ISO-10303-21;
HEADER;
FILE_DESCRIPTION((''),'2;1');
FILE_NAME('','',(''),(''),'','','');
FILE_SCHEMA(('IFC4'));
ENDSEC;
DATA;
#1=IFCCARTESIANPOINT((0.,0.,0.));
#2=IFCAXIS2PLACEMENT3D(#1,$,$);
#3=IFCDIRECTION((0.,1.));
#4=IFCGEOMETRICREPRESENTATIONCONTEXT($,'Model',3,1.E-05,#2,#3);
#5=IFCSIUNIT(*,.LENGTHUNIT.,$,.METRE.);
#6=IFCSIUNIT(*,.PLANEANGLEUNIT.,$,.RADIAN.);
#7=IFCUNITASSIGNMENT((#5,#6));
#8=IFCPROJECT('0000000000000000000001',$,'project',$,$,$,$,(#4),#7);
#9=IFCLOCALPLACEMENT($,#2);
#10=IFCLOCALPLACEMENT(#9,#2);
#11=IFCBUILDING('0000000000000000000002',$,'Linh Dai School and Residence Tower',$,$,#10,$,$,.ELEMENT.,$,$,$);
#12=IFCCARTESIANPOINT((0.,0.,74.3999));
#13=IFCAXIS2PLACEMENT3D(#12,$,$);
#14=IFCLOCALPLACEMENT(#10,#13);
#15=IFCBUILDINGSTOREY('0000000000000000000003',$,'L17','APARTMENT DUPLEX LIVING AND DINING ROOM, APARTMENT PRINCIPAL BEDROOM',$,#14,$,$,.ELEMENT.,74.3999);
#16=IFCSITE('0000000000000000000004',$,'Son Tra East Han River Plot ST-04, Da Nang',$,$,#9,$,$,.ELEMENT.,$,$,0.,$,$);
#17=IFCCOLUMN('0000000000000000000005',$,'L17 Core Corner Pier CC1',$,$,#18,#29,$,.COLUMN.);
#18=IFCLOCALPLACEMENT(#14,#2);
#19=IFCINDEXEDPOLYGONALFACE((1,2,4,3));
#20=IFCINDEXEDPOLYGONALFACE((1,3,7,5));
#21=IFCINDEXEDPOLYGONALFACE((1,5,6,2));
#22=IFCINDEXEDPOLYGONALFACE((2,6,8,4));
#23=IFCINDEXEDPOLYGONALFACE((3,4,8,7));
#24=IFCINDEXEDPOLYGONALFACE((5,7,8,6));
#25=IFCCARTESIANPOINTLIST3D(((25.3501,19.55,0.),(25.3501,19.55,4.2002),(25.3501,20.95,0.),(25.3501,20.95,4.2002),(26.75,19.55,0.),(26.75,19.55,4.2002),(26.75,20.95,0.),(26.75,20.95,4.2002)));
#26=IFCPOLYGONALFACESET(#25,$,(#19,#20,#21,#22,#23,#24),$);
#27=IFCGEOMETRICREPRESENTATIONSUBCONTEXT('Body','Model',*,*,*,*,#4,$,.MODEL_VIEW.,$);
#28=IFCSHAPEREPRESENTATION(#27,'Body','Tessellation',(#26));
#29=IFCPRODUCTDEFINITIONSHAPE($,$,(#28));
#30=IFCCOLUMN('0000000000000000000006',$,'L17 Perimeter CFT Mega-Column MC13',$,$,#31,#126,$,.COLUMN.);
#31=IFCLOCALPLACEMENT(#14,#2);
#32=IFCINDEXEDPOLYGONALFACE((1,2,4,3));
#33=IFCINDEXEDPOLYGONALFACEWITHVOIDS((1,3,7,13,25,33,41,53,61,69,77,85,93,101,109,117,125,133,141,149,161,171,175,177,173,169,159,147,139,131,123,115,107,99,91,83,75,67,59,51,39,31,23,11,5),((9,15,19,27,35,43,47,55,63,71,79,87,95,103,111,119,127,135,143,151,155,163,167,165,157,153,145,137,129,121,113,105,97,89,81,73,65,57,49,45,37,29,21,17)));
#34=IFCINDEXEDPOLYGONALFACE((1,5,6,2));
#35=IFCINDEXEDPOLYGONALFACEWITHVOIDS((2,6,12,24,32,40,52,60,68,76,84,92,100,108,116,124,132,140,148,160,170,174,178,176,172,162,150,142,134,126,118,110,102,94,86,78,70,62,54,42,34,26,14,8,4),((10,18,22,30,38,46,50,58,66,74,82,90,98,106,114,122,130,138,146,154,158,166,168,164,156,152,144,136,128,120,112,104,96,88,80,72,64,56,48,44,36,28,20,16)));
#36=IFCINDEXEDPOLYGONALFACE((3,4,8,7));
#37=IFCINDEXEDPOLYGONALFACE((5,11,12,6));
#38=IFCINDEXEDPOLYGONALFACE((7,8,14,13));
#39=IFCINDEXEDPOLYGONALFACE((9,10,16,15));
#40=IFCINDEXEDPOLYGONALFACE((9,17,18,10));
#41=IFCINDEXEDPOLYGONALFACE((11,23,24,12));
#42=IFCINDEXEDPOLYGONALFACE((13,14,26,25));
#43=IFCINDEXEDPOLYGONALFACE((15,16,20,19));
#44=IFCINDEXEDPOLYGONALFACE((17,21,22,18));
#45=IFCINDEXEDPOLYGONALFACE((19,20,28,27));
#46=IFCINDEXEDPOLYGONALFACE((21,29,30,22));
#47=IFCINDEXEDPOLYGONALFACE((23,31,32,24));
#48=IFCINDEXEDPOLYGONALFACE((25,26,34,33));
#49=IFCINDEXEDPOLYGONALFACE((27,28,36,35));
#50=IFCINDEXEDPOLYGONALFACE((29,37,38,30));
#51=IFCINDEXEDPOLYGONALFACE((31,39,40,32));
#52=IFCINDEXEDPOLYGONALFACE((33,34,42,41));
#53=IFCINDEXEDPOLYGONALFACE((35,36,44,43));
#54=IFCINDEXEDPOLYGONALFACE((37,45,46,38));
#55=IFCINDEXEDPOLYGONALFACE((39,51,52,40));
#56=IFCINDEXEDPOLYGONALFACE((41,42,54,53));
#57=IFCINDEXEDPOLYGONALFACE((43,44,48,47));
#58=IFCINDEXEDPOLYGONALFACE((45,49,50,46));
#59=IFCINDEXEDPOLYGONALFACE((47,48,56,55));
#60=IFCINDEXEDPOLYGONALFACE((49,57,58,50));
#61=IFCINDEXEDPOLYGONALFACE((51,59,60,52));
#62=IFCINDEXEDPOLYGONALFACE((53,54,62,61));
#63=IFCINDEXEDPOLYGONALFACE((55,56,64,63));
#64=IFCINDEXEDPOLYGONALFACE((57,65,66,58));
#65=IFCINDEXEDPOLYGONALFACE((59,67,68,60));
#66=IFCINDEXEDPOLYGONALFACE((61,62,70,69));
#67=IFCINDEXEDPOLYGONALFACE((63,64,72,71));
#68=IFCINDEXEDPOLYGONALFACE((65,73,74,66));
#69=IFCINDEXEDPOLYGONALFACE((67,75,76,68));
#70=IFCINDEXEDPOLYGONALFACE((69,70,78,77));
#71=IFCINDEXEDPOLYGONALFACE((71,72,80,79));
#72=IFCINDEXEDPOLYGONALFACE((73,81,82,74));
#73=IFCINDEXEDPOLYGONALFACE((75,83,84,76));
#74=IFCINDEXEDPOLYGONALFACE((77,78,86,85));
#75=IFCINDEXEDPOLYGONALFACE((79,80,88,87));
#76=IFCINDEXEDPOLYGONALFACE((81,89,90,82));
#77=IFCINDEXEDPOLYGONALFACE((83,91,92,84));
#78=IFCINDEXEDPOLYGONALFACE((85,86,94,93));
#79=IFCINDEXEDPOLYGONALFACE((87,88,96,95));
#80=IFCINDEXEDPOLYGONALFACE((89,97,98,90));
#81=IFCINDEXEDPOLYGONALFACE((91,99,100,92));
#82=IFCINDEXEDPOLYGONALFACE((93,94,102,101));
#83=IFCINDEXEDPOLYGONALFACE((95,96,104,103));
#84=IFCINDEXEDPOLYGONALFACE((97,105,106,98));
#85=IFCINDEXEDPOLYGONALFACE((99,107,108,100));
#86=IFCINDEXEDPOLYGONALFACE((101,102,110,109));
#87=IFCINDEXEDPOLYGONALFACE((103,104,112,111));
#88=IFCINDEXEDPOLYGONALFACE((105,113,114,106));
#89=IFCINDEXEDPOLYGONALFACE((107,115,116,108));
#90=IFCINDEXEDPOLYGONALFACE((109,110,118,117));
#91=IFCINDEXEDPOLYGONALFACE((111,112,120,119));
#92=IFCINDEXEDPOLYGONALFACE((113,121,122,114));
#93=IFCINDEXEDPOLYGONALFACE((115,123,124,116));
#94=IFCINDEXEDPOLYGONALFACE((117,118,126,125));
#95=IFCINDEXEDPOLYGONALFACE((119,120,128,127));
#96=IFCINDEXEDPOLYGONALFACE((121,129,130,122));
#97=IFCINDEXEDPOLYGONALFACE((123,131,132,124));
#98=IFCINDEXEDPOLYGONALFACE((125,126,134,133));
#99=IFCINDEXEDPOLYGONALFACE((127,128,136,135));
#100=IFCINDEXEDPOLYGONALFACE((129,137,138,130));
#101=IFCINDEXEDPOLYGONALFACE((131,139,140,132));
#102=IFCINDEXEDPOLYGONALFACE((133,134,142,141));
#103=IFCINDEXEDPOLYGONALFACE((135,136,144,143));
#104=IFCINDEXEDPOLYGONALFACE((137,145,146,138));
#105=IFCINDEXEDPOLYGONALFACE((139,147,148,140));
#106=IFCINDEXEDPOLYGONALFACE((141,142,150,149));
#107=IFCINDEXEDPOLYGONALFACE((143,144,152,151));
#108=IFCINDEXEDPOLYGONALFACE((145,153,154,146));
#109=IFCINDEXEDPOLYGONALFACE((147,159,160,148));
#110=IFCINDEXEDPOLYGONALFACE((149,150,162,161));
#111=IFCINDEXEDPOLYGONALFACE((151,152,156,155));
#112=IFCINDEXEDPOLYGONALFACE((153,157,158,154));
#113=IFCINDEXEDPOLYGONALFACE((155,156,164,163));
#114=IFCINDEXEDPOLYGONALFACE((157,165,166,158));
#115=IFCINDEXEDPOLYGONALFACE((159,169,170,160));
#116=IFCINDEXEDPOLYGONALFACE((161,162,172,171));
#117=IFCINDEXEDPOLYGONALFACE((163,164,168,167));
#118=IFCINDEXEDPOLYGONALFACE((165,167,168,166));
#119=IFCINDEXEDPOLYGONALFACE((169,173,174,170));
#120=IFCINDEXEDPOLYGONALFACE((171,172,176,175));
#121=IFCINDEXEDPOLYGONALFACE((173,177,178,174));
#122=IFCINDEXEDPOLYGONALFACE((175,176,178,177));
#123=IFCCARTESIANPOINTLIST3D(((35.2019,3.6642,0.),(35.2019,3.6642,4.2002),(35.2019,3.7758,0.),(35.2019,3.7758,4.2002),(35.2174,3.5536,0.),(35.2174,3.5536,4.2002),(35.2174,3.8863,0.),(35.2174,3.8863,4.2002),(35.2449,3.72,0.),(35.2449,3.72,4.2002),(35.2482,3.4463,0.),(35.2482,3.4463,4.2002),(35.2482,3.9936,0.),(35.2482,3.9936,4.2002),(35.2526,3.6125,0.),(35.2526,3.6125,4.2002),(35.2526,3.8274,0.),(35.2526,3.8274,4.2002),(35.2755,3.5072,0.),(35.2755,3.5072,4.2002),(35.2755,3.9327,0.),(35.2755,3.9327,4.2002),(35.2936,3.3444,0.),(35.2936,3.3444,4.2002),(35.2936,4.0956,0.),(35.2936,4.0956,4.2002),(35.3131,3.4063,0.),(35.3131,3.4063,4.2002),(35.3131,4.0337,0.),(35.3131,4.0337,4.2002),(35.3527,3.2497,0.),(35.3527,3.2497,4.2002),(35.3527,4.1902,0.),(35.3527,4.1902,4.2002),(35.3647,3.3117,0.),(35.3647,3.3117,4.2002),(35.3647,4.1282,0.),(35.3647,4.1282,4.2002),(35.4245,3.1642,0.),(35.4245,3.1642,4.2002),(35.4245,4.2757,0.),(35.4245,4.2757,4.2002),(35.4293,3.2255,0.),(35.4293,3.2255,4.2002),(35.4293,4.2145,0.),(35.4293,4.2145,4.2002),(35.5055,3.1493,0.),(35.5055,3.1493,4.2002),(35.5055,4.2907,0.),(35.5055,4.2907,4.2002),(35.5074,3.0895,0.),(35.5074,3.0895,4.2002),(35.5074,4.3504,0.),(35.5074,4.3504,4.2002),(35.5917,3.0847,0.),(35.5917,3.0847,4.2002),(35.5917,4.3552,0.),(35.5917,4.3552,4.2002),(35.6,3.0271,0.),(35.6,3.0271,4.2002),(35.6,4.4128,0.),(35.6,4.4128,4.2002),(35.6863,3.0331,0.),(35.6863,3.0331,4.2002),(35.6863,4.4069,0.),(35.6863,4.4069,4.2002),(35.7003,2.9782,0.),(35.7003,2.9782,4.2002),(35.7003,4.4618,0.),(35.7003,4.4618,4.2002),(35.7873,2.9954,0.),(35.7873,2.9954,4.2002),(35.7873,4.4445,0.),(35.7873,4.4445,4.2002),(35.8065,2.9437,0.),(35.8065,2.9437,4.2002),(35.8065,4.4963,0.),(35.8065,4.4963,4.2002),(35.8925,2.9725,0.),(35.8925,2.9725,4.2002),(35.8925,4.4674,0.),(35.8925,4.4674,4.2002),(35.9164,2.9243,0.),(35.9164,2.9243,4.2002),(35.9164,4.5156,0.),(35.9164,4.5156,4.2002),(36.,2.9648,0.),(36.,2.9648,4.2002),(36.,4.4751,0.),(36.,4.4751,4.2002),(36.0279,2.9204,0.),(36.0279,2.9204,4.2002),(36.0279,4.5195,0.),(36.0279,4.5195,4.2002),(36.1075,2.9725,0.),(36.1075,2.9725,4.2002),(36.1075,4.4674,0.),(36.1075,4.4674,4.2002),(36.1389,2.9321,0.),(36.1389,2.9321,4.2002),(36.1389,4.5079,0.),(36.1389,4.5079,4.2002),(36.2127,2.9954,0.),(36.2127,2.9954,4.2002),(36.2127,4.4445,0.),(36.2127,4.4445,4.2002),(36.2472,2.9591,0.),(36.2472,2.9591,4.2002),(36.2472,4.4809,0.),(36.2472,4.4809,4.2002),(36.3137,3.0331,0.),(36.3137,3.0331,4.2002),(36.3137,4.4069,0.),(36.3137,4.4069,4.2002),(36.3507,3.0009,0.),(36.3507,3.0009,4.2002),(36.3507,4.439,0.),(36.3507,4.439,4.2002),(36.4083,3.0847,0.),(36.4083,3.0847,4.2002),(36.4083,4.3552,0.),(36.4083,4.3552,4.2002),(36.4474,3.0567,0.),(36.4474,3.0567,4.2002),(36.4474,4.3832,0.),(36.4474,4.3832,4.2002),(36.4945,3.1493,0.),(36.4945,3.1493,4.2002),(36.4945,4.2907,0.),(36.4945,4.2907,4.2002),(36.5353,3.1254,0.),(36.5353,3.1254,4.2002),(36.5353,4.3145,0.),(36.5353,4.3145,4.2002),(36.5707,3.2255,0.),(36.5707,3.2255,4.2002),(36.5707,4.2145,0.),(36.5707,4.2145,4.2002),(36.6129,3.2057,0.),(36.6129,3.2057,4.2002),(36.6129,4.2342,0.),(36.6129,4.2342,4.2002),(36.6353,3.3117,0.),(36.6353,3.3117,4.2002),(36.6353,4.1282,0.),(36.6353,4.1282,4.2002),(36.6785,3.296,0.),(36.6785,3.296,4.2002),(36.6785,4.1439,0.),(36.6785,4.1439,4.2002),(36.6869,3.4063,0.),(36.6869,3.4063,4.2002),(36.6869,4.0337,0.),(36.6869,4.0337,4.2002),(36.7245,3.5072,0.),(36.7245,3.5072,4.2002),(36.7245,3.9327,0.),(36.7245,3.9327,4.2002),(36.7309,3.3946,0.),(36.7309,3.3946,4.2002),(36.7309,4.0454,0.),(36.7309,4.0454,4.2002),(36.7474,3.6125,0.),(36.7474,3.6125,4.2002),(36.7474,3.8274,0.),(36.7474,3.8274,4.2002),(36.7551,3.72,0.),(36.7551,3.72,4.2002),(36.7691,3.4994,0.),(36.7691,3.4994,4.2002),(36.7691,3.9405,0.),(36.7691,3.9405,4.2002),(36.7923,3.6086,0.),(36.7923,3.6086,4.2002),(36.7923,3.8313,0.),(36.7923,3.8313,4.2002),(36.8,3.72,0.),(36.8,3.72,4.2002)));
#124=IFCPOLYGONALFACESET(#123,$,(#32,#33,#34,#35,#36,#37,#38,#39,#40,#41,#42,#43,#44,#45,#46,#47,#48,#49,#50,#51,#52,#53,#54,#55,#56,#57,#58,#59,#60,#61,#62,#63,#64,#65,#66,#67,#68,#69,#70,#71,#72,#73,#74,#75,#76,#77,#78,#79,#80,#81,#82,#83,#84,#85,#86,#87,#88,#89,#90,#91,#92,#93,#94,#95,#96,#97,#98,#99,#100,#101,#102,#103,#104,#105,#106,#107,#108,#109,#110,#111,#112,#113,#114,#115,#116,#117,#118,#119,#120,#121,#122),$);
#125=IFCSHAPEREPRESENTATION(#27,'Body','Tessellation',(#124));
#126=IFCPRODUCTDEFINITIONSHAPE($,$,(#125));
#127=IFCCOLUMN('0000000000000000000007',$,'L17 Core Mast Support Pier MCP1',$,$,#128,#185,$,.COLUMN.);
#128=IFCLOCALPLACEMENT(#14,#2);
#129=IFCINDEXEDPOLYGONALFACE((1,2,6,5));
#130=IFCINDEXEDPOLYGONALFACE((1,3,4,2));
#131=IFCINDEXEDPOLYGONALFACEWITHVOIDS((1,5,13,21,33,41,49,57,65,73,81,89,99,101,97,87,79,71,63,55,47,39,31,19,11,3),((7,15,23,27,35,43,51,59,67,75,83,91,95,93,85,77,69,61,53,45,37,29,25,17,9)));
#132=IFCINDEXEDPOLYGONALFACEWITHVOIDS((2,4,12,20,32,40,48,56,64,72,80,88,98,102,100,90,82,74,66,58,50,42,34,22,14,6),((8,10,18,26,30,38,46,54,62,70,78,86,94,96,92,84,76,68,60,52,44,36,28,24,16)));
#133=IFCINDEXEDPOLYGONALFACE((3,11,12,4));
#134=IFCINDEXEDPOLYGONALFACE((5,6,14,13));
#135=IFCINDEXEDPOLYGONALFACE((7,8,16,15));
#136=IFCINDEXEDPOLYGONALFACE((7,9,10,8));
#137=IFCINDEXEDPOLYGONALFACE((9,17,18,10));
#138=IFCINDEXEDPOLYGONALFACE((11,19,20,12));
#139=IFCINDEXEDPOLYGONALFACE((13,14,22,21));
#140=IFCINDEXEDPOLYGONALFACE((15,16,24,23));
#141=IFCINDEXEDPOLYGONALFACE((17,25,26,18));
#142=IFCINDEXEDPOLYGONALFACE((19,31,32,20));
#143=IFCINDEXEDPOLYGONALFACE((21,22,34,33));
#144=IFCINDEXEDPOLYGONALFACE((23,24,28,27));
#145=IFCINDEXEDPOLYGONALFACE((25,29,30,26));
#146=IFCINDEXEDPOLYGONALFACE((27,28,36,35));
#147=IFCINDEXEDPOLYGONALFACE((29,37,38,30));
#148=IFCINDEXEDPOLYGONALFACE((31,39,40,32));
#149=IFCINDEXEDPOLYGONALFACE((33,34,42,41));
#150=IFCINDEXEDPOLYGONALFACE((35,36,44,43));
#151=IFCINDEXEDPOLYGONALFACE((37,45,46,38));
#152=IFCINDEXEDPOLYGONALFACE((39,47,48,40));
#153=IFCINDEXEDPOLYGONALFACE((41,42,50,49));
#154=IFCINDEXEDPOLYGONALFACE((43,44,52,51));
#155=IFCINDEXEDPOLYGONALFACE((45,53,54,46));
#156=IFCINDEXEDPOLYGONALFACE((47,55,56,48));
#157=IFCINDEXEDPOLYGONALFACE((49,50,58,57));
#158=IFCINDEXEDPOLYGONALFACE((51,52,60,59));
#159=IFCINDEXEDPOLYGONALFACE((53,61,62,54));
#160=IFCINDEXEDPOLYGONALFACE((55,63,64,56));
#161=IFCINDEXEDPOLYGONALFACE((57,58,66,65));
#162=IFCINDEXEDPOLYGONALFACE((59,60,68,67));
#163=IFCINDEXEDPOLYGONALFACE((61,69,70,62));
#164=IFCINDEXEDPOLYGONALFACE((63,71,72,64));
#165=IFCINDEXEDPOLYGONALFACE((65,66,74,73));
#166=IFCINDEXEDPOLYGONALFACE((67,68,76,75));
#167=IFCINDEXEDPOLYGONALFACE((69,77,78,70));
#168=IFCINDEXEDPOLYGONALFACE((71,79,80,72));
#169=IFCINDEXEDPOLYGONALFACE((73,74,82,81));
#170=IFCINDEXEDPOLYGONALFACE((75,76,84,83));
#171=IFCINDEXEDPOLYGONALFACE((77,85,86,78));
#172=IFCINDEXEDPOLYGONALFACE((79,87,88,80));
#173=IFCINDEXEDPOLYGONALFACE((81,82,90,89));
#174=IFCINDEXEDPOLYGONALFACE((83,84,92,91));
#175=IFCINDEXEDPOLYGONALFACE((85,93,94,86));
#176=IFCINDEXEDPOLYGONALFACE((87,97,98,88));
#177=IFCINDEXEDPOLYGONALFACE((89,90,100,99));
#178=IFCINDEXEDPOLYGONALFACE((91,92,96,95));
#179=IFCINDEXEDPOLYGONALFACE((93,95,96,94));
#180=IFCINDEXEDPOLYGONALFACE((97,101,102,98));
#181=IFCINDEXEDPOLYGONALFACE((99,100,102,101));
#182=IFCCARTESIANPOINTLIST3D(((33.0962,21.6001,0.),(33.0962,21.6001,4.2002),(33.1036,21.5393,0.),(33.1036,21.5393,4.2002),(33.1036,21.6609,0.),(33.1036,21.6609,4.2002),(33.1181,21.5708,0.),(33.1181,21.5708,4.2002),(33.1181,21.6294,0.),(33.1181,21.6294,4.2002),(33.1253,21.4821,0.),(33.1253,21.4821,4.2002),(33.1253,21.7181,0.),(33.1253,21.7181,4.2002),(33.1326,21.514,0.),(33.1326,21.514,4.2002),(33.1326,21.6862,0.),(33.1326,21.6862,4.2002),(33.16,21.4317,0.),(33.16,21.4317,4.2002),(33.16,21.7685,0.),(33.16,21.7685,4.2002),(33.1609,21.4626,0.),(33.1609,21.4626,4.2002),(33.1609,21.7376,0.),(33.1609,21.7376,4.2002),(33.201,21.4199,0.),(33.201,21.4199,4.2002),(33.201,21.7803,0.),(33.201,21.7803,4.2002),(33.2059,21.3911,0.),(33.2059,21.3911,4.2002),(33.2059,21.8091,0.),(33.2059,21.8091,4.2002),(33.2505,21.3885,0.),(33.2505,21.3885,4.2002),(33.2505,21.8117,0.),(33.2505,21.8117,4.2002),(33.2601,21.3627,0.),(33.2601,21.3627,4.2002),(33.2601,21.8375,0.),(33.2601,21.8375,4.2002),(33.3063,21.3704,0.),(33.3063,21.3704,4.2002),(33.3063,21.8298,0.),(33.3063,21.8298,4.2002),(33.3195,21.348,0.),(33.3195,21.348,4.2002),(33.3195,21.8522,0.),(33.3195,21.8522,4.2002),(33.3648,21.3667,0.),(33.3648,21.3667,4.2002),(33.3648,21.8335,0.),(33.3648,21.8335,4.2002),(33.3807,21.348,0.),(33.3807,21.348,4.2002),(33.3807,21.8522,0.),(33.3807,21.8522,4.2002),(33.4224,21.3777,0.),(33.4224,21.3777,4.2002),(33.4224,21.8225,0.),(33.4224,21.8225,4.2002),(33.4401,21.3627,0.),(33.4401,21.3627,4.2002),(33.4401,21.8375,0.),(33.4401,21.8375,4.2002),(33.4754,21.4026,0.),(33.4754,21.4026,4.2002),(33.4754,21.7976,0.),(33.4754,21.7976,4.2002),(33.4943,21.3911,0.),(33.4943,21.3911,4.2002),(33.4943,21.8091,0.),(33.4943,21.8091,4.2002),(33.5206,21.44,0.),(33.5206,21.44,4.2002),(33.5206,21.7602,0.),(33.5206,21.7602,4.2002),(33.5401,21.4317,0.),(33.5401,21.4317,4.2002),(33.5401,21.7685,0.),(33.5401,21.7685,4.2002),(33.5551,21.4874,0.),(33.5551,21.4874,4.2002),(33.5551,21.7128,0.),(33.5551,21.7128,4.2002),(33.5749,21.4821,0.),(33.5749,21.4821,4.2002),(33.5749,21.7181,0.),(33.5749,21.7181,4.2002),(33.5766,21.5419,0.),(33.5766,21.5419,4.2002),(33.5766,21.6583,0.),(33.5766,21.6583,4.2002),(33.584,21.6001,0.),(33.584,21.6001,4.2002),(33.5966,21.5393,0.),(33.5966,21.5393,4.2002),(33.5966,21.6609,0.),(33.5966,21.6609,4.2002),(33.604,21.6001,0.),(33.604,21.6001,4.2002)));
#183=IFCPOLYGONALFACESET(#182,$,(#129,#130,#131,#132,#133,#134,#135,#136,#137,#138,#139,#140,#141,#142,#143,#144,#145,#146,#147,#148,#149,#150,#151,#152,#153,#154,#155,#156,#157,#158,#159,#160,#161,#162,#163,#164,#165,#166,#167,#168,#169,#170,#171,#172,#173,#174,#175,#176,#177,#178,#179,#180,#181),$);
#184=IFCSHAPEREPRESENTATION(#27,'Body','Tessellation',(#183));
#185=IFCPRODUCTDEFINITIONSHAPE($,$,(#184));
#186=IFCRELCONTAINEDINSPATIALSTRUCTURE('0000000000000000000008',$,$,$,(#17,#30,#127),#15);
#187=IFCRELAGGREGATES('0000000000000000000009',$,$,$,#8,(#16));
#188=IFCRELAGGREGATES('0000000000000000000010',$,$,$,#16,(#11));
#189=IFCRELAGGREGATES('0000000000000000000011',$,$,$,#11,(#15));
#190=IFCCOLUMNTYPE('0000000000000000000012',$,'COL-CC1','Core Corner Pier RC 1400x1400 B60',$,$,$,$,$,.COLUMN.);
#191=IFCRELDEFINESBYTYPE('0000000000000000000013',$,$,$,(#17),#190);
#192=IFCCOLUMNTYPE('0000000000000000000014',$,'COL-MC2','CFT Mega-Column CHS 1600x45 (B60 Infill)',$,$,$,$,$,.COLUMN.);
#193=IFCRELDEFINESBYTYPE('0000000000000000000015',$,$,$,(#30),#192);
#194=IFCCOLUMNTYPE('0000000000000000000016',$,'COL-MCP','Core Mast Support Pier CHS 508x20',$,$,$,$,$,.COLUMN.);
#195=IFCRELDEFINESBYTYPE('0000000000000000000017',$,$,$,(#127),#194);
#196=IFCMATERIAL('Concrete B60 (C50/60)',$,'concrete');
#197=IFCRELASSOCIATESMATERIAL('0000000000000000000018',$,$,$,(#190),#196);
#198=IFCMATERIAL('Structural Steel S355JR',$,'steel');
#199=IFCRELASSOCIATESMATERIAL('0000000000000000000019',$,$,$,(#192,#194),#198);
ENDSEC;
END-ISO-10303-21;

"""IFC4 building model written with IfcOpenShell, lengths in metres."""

from ifc_helpers import new_model, si_unit, direction, frame, origin, origin_2d, place, context, subcontext, project, spatial, rectangle, hollow_circle, extrude, material, material_profile, profile_set, type_object, element, save


model = new_model("IFC4")

# Units and contexts
model_context = context("Model", 3, precision=1e-05, world=origin(), true_north=direction((0.0, 1.0)))
body_context = subcontext(model_context, "Body", "Model", "MODEL_VIEW")
ifc_project = project(units=[si_unit("LENGTHUNIT", "METRE"), si_unit("PLANEANGLEUNIT", "RADIAN")], contexts=[model_context])

# Site, building, storey
site_placement = place(None, origin())
site = spatial("IfcSite", under=ifc_project, at=site_placement, Name="Son Tra East Han River Plot ST-04, Da Nang", CompositionType="ELEMENT", RefElevation=0.0)
building_placement = place(site_placement, origin())
building = spatial("IfcBuilding", under=site, at=building_placement, Name="Linh Dai School and Residence Tower", CompositionType="ELEMENT")
storey_placement = place(building_placement, frame((0.0, 0.0, 74.3999)))
storey = spatial("IfcBuildingStorey", under=building, at=storey_placement, Name="L17", Description="APARTMENT DUPLEX LIVING AND DINING ROOM, APARTMENT PRINCIPAL BEDROOM", CompositionType="ELEMENT", Elevation=74.3999)

# Columns
ifc_material_1 = material(Name="Concrete B60 (C50/60)", Category="concrete")
ifc_material_profile_1 = material_profile(ifc_material_1, rectangle(XDim=1.3999, YDim=1.3999, at=origin_2d()), Name="RC 1400x1400")
ifc_profile_set_1 = profile_set([ifc_material_profile_1], Name="Concrete B60 (C50/60)")
column_type_1 = type_object("IfcColumnType", Name="COL-CC1", Description="Core Corner Pier RC 1400x1400 B60", PredefinedType="COLUMN", material=ifc_profile_set_1)
column_1_placement = place(storey_placement, frame((26.05, 20.25, 0.0), z_axis=(0.0, 0.0, 1.0), x_axis=(1.0, 0.0, 0.0)))
element("IfcColumn", 1, at=column_1_placement, inside=storey, type_object=column_type_1, Name="L17 Core Corner Pier CC1", PredefinedType="COLUMN", context=body_context, shape_type="SweptSolid", body=[
    extrude(rectangle(XDim=1.3999, YDim=1.3999, at=origin_2d()), origin(), (0.0, 0.0, 1.0), 4.2002),
])
ifc_material_2 = material(Name="Structural Steel S355JR", Category="steel")
ifc_material_profile_2 = material_profile(ifc_material_2, hollow_circle(Radius=0.8, WallThickness=0.0449, at=origin_2d()), Name="CHS 1600x45")
ifc_profile_set_2 = profile_set([ifc_material_profile_2], Name="Structural Steel S355JR")
column_type_2 = type_object("IfcColumnType", Name="COL-MC2", Description="CFT Mega-Column CHS 1600x45 (B60 Infill)", PredefinedType="COLUMN", material=ifc_profile_set_2)
column_2_placement = place(storey_placement, frame((36.0, 3.72, 0.0), z_axis=(0.0, 0.0, 1.0), x_axis=(1.0, 0.0, 0.0)))
element("IfcColumn", 2, at=column_2_placement, inside=storey, type_object=column_type_2, Name="L17 Perimeter CFT Mega-Column MC13", PredefinedType="COLUMN", context=body_context, shape_type="SweptSolid", body=[
    extrude(hollow_circle(Radius=0.8, WallThickness=0.0449, at=origin_2d()), origin(), (0.0, 0.0, 1.0), 4.2002),
])
ifc_material_profile_3 = material_profile(ifc_material_2, hollow_circle(Radius=0.2539, WallThickness=0.02, at=origin_2d()), Name="CHS 508x20")
ifc_profile_set_3 = profile_set([ifc_material_profile_3], Name="Structural Steel S355JR")
column_type_3 = type_object("IfcColumnType", Name="COL-MCP", Description="Core Mast Support Pier CHS 508x20", PredefinedType="COLUMN", material=ifc_profile_set_3)
column_3_placement = place(storey_placement, frame((33.3501, 21.6001, 0.0), z_axis=(0.0, 0.0, 1.0), x_axis=(1.0, 0.0, 0.0)))
element("IfcColumn", 3, at=column_3_placement, inside=storey, type_object=column_type_3, Name="L17 Core Mast Support Pier MCP1", PredefinedType="COLUMN", context=body_context, shape_type="SweptSolid", body=[
    extrude(hollow_circle(Radius=0.2539, WallThickness=0.02, at=origin_2d()), origin(), (0.0, 0.0, 1.0), 4.2002),
])

save(model, "model.ifc")
